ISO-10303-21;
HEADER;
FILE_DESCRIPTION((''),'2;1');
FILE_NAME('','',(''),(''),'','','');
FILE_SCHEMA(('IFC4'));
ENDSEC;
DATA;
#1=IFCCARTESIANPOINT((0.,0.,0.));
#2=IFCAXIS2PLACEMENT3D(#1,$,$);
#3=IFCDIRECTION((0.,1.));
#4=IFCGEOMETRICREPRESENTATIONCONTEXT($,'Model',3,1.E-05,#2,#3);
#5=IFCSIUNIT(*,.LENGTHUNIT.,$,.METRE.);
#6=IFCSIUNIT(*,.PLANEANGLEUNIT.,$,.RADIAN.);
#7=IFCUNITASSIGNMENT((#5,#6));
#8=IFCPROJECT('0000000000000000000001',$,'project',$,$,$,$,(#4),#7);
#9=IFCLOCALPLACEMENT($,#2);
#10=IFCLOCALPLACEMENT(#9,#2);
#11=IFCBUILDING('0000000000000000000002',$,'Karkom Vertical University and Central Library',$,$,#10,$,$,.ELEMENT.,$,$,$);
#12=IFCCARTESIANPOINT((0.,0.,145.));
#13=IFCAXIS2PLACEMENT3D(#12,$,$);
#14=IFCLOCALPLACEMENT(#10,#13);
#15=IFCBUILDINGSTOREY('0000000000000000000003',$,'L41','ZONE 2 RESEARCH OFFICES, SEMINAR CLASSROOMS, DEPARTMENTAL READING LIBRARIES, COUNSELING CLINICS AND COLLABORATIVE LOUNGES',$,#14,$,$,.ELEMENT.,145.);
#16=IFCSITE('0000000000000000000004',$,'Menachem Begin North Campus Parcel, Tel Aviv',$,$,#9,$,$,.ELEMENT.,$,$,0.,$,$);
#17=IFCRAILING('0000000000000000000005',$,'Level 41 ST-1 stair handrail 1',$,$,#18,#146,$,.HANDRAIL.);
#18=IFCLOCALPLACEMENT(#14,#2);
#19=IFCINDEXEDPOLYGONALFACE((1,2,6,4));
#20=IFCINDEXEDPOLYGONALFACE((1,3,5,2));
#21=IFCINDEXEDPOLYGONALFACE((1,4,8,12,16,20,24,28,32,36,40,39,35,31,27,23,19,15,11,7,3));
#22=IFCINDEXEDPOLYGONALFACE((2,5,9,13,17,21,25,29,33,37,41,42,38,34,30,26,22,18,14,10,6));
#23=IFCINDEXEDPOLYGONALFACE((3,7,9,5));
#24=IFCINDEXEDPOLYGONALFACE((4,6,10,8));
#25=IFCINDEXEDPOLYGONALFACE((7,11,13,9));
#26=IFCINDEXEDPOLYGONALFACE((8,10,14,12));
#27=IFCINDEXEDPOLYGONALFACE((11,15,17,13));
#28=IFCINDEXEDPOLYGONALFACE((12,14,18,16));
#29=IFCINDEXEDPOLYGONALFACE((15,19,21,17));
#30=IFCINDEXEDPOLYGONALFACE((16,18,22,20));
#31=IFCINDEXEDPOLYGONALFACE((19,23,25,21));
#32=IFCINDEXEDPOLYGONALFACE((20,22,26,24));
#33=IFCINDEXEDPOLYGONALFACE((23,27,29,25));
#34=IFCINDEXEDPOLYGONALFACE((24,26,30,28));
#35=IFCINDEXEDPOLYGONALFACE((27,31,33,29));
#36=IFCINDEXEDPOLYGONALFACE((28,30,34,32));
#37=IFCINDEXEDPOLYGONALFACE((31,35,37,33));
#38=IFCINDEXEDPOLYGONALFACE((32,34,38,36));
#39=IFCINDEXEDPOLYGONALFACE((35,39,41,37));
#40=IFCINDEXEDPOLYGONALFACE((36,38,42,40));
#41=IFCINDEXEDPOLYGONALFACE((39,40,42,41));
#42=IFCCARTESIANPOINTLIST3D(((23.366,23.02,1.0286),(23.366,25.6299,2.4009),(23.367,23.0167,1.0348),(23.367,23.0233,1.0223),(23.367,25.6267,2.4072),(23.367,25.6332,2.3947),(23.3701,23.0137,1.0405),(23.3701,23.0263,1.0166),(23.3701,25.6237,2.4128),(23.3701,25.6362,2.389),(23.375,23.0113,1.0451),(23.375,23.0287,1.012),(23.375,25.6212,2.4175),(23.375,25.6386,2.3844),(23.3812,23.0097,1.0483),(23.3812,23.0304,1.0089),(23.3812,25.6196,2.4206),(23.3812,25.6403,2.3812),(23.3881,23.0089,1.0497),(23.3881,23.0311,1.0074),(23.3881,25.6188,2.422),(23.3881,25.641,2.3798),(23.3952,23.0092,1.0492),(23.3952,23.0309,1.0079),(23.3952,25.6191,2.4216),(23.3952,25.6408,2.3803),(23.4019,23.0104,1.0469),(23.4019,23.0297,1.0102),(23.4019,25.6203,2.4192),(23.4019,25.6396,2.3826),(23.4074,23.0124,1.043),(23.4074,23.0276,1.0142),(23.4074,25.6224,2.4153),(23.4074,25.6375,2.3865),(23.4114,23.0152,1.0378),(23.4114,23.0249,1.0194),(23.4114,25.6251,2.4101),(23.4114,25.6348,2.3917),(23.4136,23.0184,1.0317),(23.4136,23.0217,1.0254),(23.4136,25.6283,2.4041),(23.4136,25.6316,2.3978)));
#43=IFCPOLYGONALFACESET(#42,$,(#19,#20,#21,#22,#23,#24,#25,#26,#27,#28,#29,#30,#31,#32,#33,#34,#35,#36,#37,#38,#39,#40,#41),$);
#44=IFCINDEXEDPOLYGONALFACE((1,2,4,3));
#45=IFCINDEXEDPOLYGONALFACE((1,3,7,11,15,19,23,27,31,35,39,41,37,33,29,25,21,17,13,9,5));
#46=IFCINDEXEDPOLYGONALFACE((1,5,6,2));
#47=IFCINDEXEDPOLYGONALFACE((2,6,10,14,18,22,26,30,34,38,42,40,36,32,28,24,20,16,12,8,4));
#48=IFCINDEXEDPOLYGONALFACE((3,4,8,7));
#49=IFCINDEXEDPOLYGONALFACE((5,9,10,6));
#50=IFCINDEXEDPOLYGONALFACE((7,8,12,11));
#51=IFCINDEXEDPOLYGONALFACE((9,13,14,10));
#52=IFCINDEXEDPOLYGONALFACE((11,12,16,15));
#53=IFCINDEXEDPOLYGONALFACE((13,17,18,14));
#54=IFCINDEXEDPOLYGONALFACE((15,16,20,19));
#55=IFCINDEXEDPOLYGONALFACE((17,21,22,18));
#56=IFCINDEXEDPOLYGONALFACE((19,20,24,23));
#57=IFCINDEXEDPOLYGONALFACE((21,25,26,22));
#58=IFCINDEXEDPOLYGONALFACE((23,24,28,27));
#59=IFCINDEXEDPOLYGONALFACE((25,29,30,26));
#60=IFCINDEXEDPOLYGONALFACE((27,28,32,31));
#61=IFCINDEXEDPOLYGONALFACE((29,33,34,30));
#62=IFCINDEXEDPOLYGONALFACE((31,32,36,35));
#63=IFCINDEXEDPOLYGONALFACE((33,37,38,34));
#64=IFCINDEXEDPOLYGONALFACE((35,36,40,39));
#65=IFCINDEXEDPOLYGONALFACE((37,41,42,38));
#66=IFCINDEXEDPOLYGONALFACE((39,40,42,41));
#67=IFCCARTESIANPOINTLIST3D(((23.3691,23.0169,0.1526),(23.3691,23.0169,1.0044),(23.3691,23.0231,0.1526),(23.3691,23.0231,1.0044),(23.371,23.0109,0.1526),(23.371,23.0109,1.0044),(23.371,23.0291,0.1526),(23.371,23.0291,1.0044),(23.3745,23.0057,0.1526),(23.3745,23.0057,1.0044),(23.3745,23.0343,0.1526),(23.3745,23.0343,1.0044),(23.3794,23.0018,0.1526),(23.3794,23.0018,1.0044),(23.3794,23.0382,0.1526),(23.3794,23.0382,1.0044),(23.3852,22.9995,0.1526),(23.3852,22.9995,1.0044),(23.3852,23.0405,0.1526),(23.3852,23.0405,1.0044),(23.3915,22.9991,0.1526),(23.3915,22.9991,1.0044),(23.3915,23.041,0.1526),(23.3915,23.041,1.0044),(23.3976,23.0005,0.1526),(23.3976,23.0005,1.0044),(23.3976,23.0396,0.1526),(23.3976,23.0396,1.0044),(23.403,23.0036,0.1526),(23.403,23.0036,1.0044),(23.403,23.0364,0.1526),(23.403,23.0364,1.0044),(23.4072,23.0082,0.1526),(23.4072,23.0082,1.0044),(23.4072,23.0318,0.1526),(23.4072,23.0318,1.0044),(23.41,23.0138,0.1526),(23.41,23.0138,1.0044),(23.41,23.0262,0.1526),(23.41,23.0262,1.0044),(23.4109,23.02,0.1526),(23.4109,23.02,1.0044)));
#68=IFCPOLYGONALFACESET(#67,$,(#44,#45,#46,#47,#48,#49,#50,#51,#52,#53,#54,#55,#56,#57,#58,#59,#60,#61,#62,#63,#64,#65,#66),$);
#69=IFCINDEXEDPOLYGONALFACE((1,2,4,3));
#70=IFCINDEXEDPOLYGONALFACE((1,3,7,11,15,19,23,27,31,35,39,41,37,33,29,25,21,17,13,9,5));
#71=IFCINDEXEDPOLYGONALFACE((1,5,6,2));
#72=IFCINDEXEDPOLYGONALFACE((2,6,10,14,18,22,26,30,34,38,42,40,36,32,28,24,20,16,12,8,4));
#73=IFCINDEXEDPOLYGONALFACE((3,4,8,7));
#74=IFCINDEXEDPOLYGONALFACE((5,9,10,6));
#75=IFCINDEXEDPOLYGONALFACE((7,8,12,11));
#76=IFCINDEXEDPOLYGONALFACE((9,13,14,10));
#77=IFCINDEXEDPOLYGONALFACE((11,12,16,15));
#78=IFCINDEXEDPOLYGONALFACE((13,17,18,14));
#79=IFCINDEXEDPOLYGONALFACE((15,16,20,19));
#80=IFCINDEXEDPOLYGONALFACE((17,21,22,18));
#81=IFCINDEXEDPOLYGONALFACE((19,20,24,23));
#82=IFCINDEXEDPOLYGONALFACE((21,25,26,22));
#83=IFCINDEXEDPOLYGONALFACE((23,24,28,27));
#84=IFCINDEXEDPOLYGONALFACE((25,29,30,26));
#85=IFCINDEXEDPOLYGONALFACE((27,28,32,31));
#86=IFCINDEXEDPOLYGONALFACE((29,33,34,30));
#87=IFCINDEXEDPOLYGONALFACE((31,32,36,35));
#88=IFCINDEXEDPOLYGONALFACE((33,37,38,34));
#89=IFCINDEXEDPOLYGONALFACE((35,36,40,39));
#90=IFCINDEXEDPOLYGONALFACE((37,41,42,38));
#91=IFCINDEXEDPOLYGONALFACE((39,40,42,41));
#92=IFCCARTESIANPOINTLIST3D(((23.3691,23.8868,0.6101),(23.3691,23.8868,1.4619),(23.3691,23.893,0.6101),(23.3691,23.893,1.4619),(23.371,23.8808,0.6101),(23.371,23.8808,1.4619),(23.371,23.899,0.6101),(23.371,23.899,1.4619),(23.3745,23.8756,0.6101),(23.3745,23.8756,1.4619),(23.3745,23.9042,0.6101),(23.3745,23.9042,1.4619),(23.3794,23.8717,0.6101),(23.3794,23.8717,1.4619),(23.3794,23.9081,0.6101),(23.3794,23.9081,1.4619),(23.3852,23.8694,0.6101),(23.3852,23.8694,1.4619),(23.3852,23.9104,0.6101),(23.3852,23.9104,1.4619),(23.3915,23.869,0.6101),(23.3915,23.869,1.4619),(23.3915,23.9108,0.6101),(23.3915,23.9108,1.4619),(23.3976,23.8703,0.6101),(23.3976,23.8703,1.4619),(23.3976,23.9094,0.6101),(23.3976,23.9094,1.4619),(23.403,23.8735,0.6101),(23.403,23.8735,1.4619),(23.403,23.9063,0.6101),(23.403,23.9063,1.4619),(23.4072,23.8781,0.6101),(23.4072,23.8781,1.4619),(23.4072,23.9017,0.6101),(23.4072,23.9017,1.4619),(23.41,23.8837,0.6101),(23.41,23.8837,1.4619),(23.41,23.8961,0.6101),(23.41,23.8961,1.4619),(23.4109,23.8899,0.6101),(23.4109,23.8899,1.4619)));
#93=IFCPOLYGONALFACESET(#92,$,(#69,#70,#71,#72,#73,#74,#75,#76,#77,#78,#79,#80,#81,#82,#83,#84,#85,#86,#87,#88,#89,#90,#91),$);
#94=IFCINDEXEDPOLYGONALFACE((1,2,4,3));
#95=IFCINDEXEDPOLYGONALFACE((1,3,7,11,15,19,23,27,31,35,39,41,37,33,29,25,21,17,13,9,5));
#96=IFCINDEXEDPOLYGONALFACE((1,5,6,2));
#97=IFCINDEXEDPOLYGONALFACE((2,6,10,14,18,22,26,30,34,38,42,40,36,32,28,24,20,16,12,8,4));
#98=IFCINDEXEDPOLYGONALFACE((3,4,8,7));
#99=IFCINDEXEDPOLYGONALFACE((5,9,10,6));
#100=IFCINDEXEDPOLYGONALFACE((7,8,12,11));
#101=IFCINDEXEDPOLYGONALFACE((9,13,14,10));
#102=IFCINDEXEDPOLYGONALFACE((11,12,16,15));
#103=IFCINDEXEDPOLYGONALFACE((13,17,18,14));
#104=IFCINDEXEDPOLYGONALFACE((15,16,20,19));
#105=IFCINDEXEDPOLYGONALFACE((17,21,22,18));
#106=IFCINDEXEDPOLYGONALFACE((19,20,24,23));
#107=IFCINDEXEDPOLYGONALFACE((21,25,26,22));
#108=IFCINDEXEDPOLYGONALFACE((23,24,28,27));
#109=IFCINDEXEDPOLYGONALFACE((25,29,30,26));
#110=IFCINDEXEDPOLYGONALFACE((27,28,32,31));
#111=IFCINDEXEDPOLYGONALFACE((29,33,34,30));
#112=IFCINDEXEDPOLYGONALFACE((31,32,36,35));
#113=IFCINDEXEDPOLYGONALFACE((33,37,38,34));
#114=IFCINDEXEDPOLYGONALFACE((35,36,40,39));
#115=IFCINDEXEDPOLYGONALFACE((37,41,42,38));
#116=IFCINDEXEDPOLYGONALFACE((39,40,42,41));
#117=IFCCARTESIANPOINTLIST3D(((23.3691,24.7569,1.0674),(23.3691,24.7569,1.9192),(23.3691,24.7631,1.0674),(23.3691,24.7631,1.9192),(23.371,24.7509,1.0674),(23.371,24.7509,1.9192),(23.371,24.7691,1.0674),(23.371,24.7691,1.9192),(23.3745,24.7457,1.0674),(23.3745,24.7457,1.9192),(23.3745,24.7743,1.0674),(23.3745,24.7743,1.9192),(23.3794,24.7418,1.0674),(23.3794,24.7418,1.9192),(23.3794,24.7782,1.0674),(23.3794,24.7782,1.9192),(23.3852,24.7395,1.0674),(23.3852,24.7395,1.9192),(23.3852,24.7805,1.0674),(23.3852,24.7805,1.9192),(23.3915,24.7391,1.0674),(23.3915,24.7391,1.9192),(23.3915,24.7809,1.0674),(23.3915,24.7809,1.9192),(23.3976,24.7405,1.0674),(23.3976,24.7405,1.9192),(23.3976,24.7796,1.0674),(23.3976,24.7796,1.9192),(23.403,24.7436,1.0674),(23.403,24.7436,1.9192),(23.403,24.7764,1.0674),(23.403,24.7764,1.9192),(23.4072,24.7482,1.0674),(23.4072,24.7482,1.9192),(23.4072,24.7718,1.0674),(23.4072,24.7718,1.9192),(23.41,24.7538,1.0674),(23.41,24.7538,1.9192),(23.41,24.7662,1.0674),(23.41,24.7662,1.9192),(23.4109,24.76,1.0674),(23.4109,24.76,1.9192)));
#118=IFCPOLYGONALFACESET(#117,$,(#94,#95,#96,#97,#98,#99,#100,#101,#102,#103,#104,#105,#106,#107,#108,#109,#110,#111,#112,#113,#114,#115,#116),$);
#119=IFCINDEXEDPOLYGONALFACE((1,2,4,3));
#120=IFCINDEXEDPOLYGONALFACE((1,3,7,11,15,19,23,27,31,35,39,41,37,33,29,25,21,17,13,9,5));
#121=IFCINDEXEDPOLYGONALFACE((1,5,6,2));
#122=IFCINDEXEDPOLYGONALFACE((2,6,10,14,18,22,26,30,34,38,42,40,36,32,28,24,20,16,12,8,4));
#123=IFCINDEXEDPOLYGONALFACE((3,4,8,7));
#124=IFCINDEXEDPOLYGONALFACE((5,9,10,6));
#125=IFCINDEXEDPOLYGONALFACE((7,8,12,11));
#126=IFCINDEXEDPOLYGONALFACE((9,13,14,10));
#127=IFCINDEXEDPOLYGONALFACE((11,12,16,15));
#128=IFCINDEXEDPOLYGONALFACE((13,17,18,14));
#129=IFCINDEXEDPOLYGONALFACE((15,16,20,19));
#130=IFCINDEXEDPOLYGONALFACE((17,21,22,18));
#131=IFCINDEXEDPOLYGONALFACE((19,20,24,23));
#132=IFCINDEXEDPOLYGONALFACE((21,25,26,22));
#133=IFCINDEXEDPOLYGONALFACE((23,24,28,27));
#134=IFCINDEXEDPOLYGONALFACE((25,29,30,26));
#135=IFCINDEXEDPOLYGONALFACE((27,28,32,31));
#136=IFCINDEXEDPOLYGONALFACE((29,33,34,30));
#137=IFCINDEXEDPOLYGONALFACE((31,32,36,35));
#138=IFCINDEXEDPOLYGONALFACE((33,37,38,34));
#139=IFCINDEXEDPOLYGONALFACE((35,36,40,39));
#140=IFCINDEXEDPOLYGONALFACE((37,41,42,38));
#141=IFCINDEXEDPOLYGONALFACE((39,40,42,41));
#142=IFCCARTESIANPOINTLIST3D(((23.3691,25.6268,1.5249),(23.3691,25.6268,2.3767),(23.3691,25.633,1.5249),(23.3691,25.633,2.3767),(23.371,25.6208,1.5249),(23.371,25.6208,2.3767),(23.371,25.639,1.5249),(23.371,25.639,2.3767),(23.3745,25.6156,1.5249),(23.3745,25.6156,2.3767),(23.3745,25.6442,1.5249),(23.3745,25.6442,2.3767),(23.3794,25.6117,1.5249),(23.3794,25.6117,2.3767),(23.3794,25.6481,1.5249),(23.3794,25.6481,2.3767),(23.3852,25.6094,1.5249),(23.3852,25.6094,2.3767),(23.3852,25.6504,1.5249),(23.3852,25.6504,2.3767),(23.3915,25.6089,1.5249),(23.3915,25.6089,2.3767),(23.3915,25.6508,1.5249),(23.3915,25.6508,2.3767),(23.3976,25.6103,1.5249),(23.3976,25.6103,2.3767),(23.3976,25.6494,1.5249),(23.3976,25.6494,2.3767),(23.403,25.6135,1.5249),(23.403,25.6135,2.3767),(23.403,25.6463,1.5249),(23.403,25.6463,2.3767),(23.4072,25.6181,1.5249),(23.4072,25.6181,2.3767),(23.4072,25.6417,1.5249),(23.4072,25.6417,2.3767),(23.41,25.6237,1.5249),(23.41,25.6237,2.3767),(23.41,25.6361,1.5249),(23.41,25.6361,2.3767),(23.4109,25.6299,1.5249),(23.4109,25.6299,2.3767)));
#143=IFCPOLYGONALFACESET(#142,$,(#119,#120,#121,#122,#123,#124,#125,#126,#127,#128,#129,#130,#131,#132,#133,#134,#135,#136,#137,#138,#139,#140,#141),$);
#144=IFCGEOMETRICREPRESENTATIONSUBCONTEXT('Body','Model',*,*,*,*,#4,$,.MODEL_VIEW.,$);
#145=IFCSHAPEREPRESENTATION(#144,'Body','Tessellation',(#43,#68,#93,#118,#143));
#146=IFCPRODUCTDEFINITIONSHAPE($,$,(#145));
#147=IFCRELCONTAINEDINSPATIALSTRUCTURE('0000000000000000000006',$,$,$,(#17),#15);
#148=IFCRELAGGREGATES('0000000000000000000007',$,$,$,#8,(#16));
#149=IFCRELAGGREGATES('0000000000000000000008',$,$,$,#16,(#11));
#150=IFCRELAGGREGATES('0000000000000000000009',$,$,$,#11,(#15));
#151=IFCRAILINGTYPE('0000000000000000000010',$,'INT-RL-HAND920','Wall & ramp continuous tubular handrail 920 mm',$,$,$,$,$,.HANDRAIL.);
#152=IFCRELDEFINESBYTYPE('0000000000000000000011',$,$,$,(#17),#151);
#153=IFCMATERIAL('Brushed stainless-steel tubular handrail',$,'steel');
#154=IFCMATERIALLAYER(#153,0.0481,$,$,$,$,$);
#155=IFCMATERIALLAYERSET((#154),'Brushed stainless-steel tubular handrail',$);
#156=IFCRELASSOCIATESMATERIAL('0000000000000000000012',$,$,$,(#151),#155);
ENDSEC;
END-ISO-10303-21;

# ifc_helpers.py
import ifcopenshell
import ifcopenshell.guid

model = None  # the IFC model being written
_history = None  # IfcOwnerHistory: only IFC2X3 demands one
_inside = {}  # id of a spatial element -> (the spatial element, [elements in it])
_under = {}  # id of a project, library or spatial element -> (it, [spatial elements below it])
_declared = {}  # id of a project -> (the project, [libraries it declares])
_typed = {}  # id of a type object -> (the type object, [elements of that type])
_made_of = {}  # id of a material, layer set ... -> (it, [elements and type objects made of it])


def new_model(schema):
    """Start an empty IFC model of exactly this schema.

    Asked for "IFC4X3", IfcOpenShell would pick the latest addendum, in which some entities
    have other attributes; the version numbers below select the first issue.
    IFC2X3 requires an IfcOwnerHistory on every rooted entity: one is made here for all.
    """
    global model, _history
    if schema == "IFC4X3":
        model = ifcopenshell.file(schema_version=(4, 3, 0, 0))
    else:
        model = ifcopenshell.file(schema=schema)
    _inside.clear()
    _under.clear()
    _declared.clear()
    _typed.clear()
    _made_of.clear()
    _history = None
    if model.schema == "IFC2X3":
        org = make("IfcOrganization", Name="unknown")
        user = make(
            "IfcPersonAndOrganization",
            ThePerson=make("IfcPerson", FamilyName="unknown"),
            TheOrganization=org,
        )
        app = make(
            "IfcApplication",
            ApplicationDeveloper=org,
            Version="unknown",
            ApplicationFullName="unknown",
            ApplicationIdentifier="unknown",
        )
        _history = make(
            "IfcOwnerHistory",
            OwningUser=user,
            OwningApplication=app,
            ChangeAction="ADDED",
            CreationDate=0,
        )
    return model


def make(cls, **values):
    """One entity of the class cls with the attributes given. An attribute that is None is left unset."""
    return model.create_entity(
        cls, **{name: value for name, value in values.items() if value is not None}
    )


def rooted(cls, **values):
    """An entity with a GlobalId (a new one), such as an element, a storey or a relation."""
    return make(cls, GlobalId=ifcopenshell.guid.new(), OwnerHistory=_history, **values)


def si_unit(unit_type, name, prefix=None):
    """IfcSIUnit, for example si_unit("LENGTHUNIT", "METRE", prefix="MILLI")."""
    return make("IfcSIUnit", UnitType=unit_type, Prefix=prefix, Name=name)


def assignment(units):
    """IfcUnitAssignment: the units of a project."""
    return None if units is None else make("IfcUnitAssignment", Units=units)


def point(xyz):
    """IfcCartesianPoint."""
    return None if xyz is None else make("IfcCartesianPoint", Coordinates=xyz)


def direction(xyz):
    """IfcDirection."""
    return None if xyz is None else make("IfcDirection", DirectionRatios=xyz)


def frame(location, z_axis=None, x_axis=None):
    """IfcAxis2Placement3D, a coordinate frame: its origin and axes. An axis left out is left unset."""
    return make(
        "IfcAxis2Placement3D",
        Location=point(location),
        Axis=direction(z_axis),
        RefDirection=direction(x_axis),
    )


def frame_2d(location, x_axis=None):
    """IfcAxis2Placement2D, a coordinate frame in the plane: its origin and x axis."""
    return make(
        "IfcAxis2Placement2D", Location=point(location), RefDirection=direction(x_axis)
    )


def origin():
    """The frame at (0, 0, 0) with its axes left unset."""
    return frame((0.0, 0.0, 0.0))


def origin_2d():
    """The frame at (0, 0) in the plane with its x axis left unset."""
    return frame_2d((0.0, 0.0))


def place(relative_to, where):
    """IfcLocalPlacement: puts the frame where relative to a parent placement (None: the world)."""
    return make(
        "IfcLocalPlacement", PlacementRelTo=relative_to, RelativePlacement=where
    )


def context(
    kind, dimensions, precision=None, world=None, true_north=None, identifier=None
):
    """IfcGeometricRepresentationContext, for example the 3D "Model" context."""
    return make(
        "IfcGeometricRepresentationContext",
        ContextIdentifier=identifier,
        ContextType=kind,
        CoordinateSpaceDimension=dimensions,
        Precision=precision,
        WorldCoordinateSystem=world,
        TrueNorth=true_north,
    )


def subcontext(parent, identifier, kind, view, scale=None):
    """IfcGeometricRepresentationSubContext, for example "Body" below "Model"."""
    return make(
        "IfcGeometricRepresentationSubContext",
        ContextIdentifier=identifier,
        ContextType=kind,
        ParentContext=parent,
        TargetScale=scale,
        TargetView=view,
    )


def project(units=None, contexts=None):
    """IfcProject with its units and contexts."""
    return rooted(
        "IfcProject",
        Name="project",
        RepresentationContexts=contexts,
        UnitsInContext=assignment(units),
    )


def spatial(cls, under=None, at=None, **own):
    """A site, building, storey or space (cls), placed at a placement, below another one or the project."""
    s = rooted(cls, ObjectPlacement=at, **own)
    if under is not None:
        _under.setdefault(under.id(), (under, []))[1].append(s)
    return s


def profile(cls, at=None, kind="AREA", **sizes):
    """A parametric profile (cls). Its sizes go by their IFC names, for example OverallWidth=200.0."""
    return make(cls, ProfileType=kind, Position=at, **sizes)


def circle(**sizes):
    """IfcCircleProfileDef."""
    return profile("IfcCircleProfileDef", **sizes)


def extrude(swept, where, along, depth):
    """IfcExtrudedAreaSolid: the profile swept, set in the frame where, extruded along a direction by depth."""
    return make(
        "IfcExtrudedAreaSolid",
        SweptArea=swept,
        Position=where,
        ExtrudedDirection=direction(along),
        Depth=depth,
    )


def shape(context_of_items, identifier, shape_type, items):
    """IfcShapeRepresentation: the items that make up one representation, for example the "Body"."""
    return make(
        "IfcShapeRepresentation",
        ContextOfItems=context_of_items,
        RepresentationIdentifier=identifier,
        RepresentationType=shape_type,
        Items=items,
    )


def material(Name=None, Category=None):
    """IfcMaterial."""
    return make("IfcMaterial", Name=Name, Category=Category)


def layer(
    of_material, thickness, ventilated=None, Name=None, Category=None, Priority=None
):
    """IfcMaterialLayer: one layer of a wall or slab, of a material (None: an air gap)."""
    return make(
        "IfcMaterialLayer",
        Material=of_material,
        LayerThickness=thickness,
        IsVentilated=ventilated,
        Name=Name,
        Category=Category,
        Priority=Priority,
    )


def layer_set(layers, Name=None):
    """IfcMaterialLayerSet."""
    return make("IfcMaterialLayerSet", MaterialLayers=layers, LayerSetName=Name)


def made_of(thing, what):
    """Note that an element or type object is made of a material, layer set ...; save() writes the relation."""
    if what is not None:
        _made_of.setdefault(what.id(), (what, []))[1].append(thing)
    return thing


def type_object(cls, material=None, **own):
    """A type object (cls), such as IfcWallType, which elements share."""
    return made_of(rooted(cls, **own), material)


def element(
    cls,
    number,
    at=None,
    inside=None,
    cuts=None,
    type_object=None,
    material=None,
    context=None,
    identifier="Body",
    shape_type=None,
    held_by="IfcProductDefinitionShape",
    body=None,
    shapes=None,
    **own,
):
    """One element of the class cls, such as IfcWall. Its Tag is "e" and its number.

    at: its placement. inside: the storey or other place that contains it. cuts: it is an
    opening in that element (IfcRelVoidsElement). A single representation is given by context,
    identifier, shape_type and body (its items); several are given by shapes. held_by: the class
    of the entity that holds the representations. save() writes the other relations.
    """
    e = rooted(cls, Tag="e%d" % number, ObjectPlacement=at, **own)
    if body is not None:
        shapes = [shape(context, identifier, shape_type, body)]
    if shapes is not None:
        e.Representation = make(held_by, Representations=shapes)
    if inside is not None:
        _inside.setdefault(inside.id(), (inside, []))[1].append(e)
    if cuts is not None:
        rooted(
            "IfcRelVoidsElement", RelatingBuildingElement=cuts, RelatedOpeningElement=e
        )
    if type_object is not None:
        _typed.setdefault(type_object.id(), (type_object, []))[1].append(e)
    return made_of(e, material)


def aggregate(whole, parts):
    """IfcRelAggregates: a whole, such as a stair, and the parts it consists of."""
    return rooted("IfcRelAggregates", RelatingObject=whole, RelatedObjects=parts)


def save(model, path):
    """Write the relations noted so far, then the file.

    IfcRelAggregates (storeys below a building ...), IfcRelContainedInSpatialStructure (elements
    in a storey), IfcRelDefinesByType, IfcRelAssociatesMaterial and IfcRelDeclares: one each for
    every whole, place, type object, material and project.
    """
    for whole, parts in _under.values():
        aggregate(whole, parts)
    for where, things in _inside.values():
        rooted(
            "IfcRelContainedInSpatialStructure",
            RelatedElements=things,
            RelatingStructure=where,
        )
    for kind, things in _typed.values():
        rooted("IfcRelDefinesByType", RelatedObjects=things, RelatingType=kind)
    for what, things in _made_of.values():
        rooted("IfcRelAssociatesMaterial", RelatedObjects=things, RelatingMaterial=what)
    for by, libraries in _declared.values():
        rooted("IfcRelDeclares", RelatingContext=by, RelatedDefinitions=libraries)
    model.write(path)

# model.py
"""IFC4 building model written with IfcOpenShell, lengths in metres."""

from ifc_helpers import new_model, si_unit, direction, frame, origin, origin_2d, place, context, subcontext, project, spatial, circle, extrude, material, layer, layer_set, type_object, element, save


model = new_model("IFC4")

# Units and contexts
model_context = context("Model", 3, precision=1e-05, world=origin(), true_north=direction((0.0, 1.0)))
body_context = subcontext(model_context, "Body", "Model", "MODEL_VIEW")
ifc_project = project(units=[si_unit("LENGTHUNIT", "METRE"), si_unit("PLANEANGLEUNIT", "RADIAN")], contexts=[model_context])

# Site, building, storey
site_placement = place(None, origin())
site = spatial("IfcSite", under=ifc_project, at=site_placement, Name="Menachem Begin North Campus Parcel, Tel Aviv", CompositionType="ELEMENT", RefElevation=0.0)
building_placement = place(site_placement, origin())
building = spatial("IfcBuilding", under=site, at=building_placement, Name="Karkom Vertical University and Central Library", CompositionType="ELEMENT")
storey_placement = place(building_placement, frame((0.0, 0.0, 145.0)))
storey = spatial("IfcBuildingStorey", under=building, at=storey_placement, Name="L41", Description="ZONE 2 RESEARCH OFFICES, SEMINAR CLASSROOMS, DEPARTMENTAL READING LIBRARIES, COUNSELING CLINICS AND COLLABORATIVE LOUNGES", CompositionType="ELEMENT", Elevation=145.0)

# Railing
ifc_material_1 = material(Name="Brushed stainless-steel tubular handrail", Category="steel")
ifc_layer_1 = layer(ifc_material_1, 0.0481)
ifc_layer_set_1 = layer_set([ifc_layer_1], Name="Brushed stainless-steel tubular handrail")
railing_type_1 = type_object("IfcRailingType", Name="INT-RL-HAND920", Description="Wall & ramp continuous tubular handrail 920 mm", PredefinedType="HANDRAIL", material=ifc_layer_set_1)
railing_1_placement = place(storey_placement, frame((23.3899, 23.02, 0.1526)))
element("IfcRailing", 1, at=railing_1_placement, inside=storey, type_object=railing_type_1, Name="Level 41 ST-1 stair handrail 1", PredefinedType="HANDRAIL", context=body_context, shape_type="SweptSolid", body=[
    extrude(circle(Radius=0.0239, at=origin_2d()), frame((0.0, 0.0, 0.876), z_axis=(0.0, 0.8851, 0.465402), x_axis=(-1.0, 0.0, 0.0)), (0.0, 0.0, 1.0), 2.9487),
    extrude(circle(Radius=0.021, at=origin_2d()), origin(), (0.0, 0.0, 1.0), 0.8518),
    extrude(circle(Radius=0.021, at=origin_2d()), frame((0.0, 0.8699, 0.4575)), (0.0, 0.0, 1.0), 0.8518),
    extrude(circle(Radius=0.021, at=origin_2d()), frame((0.0, 1.74, 0.9148)), (0.0, 0.0, 1.0), 0.8518),
    extrude(circle(Radius=0.021, at=origin_2d()), frame((0.0, 2.6099, 1.3723)), (0.0, 0.0, 1.0), 0.8518),
])

save(model, "model.ifc")
